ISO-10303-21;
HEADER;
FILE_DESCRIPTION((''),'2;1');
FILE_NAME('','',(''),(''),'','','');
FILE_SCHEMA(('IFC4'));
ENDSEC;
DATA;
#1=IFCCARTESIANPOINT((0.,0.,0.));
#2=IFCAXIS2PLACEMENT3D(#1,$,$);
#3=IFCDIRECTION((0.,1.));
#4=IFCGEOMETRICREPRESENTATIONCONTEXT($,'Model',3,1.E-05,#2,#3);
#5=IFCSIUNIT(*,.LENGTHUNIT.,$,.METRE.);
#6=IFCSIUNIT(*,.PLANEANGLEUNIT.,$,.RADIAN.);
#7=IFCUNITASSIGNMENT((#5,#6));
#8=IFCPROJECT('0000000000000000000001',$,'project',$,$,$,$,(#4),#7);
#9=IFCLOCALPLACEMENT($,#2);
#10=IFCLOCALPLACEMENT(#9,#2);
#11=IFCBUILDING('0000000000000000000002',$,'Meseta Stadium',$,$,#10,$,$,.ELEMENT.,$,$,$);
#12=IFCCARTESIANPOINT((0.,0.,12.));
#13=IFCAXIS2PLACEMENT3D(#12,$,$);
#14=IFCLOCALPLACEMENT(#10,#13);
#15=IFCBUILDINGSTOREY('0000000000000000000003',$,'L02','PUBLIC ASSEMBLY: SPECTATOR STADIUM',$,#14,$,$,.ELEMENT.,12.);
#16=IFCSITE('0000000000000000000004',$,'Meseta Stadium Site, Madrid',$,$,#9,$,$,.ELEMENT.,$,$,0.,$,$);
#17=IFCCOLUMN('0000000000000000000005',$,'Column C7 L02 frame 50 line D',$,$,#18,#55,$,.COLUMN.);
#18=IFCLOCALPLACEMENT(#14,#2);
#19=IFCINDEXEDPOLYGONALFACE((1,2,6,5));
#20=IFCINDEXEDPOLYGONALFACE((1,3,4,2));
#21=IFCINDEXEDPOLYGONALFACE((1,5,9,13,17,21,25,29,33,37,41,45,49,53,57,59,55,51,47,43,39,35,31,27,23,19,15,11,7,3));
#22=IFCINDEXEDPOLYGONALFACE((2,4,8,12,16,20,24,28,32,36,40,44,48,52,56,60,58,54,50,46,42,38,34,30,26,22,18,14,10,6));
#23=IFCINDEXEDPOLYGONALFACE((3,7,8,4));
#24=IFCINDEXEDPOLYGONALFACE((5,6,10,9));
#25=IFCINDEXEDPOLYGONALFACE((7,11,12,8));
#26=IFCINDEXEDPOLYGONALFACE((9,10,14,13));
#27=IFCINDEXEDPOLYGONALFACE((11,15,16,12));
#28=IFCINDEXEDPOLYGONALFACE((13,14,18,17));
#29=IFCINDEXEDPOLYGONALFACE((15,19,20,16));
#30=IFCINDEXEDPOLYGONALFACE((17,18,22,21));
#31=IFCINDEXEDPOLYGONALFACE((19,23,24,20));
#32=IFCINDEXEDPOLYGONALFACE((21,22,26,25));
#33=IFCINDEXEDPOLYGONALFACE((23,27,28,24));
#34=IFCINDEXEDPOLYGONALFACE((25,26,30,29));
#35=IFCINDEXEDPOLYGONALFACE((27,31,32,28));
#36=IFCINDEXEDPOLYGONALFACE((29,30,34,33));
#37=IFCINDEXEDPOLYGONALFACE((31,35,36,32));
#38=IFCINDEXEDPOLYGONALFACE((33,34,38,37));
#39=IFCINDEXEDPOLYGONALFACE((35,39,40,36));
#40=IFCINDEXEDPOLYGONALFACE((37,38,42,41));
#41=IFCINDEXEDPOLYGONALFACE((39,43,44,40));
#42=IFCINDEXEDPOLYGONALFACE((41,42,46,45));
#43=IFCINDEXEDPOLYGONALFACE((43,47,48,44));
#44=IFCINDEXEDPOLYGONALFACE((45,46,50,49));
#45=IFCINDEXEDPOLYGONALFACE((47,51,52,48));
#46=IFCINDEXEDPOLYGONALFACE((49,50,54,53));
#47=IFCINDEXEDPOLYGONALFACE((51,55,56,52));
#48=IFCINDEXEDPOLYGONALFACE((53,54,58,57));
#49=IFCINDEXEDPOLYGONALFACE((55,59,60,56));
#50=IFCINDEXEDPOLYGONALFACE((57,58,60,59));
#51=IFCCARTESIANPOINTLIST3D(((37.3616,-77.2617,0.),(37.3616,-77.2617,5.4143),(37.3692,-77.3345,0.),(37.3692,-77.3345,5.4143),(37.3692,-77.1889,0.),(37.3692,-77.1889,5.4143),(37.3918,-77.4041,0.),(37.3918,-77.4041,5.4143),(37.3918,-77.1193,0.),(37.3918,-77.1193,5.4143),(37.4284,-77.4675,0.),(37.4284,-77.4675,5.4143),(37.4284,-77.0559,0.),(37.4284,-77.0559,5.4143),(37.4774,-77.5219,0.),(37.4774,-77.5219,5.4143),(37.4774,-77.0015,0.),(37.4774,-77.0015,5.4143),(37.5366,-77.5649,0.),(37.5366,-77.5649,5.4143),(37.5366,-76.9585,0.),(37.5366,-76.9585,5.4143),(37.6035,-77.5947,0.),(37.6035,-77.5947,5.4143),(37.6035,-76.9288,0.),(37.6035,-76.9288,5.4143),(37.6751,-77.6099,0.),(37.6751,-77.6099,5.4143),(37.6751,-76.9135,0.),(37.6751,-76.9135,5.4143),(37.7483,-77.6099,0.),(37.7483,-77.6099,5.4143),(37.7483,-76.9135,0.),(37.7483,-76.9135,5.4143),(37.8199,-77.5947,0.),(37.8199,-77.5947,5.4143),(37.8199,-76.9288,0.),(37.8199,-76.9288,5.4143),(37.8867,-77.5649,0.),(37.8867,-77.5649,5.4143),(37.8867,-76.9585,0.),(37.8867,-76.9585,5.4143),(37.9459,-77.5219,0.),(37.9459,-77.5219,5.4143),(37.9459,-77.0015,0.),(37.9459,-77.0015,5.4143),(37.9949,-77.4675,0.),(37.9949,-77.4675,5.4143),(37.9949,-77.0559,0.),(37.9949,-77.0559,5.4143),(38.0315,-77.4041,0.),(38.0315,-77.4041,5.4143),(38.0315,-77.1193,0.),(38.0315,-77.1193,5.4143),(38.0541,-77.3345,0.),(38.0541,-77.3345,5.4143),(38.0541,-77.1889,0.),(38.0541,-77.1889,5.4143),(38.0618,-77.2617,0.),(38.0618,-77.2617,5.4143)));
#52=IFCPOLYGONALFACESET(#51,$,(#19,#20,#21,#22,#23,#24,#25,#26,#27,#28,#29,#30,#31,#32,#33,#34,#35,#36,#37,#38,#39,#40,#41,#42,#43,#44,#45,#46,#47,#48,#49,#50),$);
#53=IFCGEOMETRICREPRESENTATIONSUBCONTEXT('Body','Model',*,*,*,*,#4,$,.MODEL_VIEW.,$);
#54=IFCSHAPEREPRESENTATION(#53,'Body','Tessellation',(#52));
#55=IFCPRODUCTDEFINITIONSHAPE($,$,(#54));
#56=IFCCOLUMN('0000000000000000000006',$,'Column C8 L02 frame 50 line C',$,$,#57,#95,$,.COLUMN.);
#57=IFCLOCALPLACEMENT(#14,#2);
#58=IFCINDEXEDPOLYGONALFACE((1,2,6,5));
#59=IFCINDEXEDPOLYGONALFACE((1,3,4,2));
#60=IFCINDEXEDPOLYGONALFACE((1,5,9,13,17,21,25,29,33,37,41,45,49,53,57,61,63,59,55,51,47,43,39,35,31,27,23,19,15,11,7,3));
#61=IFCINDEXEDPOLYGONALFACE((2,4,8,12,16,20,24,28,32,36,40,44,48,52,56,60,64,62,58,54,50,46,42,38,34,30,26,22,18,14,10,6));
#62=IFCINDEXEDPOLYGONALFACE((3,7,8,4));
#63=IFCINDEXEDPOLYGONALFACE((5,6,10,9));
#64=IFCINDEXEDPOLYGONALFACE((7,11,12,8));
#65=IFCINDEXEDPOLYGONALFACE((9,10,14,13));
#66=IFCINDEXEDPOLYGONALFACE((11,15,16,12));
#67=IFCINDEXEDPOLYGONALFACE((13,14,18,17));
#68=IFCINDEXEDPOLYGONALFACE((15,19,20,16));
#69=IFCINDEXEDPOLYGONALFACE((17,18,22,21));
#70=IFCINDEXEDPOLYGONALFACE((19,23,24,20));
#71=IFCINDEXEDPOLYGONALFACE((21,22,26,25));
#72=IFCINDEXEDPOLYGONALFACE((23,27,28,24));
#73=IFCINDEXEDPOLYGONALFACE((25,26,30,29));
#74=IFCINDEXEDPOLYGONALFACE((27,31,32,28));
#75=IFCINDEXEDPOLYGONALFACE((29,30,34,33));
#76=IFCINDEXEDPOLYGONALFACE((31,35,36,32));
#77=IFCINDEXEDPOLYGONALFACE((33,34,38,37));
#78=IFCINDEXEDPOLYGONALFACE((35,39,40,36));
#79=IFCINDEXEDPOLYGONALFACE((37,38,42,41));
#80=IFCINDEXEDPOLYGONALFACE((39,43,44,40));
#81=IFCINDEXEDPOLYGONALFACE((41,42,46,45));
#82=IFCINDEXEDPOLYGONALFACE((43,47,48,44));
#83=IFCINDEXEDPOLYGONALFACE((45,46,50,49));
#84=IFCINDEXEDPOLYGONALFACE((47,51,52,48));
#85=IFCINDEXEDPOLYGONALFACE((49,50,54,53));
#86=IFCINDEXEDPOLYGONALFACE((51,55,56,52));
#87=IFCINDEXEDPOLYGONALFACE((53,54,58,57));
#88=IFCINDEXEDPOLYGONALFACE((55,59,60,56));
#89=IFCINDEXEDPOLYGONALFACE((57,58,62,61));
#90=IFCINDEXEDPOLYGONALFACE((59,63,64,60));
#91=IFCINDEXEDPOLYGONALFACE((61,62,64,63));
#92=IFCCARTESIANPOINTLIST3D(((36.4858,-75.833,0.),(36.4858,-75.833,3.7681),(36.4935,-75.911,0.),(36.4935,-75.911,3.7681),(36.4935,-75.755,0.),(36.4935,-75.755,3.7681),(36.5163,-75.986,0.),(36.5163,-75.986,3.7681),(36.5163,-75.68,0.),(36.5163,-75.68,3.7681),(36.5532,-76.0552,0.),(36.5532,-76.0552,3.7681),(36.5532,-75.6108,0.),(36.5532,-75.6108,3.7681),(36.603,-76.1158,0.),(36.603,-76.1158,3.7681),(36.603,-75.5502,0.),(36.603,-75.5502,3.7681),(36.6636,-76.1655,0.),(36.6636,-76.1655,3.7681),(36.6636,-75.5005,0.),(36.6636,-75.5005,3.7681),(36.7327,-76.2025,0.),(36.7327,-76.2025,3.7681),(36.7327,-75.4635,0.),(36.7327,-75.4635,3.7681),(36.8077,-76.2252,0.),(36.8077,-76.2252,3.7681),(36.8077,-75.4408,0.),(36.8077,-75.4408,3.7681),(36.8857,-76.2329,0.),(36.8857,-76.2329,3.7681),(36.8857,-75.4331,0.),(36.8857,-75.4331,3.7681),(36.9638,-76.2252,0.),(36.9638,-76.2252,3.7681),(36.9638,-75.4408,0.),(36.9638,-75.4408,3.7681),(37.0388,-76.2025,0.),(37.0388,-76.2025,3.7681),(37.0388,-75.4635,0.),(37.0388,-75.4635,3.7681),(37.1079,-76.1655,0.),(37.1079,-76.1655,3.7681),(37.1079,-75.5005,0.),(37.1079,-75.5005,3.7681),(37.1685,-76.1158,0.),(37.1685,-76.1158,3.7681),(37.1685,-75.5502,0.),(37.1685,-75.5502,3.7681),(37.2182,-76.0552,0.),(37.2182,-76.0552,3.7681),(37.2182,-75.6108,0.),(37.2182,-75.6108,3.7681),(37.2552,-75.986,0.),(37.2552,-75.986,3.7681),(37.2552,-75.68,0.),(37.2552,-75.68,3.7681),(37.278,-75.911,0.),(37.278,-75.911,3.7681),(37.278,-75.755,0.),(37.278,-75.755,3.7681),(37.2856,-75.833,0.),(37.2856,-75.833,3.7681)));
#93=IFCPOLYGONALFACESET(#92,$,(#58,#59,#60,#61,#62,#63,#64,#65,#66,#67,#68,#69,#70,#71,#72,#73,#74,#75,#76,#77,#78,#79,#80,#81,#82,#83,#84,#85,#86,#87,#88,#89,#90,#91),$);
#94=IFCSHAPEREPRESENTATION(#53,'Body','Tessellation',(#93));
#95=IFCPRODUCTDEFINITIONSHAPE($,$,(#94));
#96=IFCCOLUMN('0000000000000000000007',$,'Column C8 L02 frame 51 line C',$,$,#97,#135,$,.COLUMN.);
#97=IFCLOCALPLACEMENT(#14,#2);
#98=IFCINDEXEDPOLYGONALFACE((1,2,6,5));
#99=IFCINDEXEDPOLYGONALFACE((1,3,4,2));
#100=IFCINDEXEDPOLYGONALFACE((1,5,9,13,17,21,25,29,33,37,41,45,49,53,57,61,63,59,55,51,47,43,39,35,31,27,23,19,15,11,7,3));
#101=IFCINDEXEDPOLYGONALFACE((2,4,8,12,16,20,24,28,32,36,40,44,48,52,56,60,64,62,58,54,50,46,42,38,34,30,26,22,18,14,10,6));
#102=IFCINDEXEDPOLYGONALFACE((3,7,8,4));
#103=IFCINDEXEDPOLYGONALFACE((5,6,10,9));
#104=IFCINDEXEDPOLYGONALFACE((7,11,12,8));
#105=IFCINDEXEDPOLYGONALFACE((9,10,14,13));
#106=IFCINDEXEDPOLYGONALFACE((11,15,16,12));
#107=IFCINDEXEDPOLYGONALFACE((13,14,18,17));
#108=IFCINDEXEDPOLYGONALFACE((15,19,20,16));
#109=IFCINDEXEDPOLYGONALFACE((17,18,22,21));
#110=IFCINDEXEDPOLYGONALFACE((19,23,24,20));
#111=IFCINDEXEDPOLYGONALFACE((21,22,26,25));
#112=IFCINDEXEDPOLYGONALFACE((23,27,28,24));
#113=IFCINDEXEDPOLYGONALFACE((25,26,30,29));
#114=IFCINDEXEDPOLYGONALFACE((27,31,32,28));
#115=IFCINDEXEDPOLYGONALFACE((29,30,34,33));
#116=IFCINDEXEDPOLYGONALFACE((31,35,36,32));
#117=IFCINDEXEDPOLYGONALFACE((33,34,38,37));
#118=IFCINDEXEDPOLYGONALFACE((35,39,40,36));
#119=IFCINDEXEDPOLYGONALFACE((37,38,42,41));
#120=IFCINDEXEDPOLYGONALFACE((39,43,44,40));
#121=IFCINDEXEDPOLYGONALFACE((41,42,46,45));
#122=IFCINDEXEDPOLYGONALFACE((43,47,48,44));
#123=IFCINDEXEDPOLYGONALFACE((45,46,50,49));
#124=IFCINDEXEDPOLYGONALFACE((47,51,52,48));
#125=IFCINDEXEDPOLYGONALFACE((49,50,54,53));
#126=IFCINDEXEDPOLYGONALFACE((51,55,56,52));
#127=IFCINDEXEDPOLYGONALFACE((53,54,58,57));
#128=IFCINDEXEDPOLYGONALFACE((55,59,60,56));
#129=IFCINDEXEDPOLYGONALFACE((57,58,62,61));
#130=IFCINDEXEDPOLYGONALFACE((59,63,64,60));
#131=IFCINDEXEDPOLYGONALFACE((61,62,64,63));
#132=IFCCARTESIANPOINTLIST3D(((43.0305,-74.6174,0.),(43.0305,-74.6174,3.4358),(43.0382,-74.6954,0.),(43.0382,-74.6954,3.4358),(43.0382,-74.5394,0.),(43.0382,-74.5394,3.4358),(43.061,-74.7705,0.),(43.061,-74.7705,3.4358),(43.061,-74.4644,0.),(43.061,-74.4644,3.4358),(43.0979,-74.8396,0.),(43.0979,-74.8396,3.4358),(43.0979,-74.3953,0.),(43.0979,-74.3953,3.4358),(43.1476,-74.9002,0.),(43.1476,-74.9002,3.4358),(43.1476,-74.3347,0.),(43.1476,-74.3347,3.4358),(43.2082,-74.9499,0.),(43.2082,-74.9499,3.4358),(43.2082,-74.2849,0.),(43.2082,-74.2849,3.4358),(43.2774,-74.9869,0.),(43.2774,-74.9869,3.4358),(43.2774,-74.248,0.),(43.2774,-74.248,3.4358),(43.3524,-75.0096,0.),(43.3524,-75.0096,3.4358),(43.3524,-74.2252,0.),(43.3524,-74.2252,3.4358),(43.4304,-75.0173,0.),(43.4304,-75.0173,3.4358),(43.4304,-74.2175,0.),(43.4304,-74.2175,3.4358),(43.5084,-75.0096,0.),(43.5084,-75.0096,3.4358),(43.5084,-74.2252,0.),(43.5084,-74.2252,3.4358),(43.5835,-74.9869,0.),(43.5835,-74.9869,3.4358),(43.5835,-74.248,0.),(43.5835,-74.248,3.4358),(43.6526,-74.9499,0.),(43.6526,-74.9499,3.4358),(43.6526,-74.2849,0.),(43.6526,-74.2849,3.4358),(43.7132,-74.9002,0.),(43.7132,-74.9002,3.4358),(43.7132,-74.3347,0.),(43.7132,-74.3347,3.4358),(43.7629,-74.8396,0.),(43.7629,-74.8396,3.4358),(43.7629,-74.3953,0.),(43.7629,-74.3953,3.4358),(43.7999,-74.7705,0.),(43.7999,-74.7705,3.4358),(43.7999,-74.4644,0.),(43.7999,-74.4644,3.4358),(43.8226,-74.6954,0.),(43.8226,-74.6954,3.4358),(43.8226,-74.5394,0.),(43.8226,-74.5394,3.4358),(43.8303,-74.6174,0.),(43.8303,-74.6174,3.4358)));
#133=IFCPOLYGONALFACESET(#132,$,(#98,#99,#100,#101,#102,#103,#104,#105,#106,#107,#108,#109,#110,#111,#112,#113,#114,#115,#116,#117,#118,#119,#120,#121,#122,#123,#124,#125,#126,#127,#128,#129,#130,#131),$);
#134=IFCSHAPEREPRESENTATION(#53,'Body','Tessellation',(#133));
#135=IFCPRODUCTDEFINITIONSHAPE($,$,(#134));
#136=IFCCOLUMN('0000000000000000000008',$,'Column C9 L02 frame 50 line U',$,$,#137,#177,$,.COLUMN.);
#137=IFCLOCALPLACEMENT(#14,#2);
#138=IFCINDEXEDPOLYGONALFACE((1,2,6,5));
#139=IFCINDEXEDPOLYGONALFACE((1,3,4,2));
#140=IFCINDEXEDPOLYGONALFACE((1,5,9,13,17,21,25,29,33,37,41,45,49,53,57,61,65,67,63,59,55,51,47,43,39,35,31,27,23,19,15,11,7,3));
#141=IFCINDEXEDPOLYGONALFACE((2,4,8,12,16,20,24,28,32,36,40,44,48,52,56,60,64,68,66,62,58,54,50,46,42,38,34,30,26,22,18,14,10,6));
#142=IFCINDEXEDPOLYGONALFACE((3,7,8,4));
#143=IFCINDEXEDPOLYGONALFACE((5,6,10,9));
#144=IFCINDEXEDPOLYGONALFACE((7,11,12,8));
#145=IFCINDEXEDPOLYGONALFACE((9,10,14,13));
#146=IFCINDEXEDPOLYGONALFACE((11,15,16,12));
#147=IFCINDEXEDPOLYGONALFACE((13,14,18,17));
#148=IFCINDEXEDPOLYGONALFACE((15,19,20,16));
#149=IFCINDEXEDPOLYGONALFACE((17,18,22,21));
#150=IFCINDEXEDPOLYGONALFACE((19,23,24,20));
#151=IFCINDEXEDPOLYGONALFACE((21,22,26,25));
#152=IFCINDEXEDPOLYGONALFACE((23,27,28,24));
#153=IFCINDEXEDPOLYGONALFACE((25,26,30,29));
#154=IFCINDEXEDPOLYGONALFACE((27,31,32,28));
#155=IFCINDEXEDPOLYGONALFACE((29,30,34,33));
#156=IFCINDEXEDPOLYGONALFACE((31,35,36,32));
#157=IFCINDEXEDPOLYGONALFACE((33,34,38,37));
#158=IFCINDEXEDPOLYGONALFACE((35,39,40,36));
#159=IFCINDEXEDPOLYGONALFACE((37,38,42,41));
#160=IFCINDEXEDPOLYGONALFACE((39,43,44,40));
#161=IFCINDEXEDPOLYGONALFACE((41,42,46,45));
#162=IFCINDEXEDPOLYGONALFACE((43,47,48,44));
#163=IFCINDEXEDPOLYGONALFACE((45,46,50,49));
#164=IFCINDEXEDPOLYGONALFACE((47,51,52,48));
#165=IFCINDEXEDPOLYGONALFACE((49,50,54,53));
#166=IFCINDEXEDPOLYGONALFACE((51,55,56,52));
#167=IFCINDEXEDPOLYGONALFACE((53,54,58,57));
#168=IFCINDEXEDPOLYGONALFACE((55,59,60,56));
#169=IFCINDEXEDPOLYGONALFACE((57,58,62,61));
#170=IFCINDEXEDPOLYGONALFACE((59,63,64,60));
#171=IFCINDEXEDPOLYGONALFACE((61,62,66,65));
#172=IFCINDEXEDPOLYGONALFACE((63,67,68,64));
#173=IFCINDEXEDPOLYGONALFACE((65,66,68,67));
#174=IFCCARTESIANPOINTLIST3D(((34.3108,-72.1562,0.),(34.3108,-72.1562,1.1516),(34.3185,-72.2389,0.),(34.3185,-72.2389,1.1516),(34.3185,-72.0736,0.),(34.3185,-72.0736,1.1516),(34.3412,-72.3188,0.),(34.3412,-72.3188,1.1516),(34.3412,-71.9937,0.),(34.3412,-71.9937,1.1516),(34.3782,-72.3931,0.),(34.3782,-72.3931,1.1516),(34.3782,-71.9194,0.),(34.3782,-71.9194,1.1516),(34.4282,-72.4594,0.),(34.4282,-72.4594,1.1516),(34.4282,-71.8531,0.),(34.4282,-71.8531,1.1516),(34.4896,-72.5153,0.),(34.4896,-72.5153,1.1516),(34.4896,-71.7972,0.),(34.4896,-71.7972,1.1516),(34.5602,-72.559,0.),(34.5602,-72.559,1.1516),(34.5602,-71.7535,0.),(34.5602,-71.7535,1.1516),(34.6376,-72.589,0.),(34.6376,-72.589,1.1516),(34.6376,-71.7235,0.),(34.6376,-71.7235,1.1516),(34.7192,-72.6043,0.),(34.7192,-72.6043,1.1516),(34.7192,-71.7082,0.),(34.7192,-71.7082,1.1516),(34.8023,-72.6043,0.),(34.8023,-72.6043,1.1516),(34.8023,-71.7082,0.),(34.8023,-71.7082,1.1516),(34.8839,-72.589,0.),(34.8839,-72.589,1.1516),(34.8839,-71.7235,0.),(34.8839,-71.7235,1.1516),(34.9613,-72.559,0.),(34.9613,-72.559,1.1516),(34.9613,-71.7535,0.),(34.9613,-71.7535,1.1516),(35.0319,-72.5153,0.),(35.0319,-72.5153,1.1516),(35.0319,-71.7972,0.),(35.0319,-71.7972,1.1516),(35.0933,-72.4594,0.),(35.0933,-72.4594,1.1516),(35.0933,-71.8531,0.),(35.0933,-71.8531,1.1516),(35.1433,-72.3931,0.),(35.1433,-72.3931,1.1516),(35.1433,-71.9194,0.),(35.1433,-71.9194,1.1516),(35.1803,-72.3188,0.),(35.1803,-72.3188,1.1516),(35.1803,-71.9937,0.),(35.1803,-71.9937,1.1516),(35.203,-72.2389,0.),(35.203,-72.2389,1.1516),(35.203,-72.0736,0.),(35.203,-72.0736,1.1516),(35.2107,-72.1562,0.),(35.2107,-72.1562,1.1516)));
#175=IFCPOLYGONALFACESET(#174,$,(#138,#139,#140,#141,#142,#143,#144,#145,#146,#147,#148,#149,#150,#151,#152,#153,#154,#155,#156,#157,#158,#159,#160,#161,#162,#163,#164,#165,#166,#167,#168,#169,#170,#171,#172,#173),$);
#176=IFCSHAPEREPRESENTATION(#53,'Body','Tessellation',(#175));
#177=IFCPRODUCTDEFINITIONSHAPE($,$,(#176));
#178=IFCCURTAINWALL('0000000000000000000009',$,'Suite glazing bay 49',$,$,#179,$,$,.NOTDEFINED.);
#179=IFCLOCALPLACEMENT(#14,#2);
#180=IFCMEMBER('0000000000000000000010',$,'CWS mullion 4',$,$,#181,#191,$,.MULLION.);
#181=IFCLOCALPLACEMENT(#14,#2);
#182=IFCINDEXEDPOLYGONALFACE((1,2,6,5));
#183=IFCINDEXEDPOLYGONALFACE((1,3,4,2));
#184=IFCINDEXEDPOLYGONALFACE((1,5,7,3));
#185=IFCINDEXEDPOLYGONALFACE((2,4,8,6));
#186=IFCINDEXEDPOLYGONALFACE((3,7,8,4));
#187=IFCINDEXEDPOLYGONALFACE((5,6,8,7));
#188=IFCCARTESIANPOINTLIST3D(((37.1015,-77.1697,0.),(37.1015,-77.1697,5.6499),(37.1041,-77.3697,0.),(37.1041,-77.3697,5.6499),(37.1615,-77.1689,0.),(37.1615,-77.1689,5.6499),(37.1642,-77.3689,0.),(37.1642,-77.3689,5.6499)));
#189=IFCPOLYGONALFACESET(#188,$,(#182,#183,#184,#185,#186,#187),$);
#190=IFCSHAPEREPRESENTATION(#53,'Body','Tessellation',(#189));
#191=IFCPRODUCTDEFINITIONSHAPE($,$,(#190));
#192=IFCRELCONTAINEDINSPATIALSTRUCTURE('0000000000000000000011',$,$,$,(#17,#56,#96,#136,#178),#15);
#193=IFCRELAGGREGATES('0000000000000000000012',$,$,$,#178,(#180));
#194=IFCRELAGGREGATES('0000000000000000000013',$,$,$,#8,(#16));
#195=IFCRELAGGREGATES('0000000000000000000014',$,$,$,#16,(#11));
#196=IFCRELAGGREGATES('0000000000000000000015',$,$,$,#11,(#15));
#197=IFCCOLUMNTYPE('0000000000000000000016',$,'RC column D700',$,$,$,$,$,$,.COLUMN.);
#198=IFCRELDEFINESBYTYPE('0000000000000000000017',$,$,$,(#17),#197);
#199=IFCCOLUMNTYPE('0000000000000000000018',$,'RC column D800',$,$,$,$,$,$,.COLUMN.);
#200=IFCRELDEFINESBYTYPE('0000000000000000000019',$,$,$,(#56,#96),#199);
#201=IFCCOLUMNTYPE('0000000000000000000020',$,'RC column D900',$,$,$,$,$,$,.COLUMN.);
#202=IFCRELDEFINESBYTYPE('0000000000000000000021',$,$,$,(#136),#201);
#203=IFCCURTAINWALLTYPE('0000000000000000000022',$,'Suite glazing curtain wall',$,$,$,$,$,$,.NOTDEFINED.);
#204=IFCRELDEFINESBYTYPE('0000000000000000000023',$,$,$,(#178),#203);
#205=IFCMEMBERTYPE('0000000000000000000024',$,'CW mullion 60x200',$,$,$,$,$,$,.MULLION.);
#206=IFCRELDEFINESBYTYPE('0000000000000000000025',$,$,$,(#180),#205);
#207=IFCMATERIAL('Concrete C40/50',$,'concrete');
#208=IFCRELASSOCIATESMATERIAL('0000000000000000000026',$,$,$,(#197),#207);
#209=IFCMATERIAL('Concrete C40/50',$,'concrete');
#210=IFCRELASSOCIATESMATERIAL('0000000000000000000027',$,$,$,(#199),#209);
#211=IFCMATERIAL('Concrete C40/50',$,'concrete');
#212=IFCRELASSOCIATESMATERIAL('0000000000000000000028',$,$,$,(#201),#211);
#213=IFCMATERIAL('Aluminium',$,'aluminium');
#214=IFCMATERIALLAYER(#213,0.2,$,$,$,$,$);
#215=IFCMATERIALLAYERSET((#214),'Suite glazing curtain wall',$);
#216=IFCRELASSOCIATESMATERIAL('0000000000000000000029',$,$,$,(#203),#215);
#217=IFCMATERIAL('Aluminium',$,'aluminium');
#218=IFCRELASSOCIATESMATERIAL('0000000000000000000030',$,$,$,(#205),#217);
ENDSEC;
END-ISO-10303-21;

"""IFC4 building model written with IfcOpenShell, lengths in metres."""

from ifc_helpers import new_model, si_unit, direction, frame, origin, origin_2d, place, context, subcontext, project, spatial, rectangle, circle, extrude, material, layer, layer_set, material_profile, profile_set, type_object, element, aggregate, save


model = new_model("IFC4")

# Units and contexts
model_context = context("Model", 3, precision=1e-05, world=origin(), true_north=direction((0.0, 1.0)))
body_context = subcontext(model_context, "Body", "Model", "MODEL_VIEW")
ifc_project = project(units=[si_unit("LENGTHUNIT", "METRE"), si_unit("PLANEANGLEUNIT", "RADIAN")], contexts=[model_context])

# Site, building, storey
site_placement = place(None, origin())
site = spatial("IfcSite", under=ifc_project, at=site_placement, Name="Meseta Stadium Site, Madrid", CompositionType="ELEMENT", RefElevation=0.0)
building_placement = place(site_placement, origin())
building = spatial("IfcBuilding", under=site, at=building_placement, Name="Meseta Stadium", CompositionType="ELEMENT")
storey_placement = place(building_placement, frame((0.0, 0.0, 12.0)))
storey = spatial("IfcBuildingStorey", under=building, at=storey_placement, Name="L02", Description="PUBLIC ASSEMBLY: SPECTATOR STADIUM", CompositionType="ELEMENT", Elevation=12.0)

# Columns
ifc_material_1 = material(Name="Concrete C40/50", Category="concrete")
ifc_material_profile_1 = material_profile(ifc_material_1, circle(Radius=0.3501, at=origin_2d()), Name="RC D700")
ifc_profile_set_1 = profile_set([ifc_material_profile_1], Name="Concrete C40/50")
column_type_1 = type_object("IfcColumnType", Name="RC column D700", PredefinedType="COLUMN", material=ifc_profile_set_1)
column_1_placement = place(storey_placement, frame((37.7117, -77.2617, 0.0), z_axis=(0.0, 0.0, 1.0), x_axis=(1.0, 0.0, 0.0)))
element("IfcColumn", 1, at=column_1_placement, inside=storey, type_object=column_type_1, Name="Column C7 L02 frame 50 line D", PredefinedType="COLUMN", context=body_context, shape_type="SweptSolid", body=[
    extrude(circle(Radius=0.3501, at=origin_2d()), origin(), (0.0, 0.0, 1.0), 5.4143),
])
ifc_material_2 = material(Name="Concrete C40/50", Category="concrete")
ifc_material_profile_2 = material_profile(ifc_material_2, circle(Radius=0.3999, at=origin_2d()), Name="RC D800")
ifc_profile_set_2 = profile_set([ifc_material_profile_2], Name="Concrete C40/50")
column_type_2 = type_object("IfcColumnType", Name="RC column D800", PredefinedType="COLUMN", material=ifc_profile_set_2)
column_2_placement = place(storey_placement, frame((36.8857, -75.833, 0.0), z_axis=(0.0, 0.0, 1.0), x_axis=(1.0, 0.0, 0.0)))
element("IfcColumn", 2, at=column_2_placement, inside=storey, type_object=column_type_2, Name="Column C8 L02 frame 50 line C", PredefinedType="COLUMN", context=body_context, shape_type="SweptSolid", body=[
    extrude(circle(Radius=0.3999, at=origin_2d()), origin(), (0.0, 0.0, 1.0), 3.7681),
])
column_3_placement = place(storey_placement, frame((43.4304, -74.6174, 0.0), z_axis=(0.0, 0.0, 1.0), x_axis=(1.0, 0.0, 0.0)))
element("IfcColumn", 3, at=column_3_placement, inside=storey, type_object=column_type_2, Name="Column C8 L02 frame 51 line C", PredefinedType="COLUMN", context=body_context, shape_type="SweptSolid", body=[
    extrude(circle(Radius=0.3999, at=origin_2d()), origin(), (0.0, 0.0, 1.0), 3.4358),
])
ifc_material_3 = material(Name="Concrete C40/50", Category="concrete")
ifc_material_profile_3 = material_profile(ifc_material_3, circle(Radius=0.45, at=origin_2d()), Name="RC D900")
ifc_profile_set_3 = profile_set([ifc_material_profile_3], Name="Concrete C40/50")
column_type_3 = type_object("IfcColumnType", Name="RC column D900", PredefinedType="COLUMN", material=ifc_profile_set_3)
column_4_placement = place(storey_placement, frame((34.7607, -72.1562, 0.0), z_axis=(0.0, 0.0, 1.0), x_axis=(1.0, 0.0, 0.0)))
element("IfcColumn", 4, at=column_4_placement, inside=storey, type_object=column_type_3, Name="Column C9 L02 frame 50 line U", PredefinedType="COLUMN", context=body_context, shape_type="SweptSolid", body=[
    extrude(circle(Radius=0.45, at=origin_2d()), origin(), (0.0, 0.0, 1.0), 1.1516),
])

# Curtain wall, member
ifc_material_4 = material(Name="Aluminium", Category="aluminium")
ifc_layer_1 = layer(ifc_material_4, 0.2)
ifc_layer_set_1 = layer_set([ifc_layer_1], Name="Suite glazing curtain wall")
curtain_wall_type = type_object("IfcCurtainWallType", Name="Suite glazing curtain wall", PredefinedType="NOTDEFINED", material=ifc_layer_set_1)
curtain_wall_1_placement = place(storey_placement, origin())
curtain_wall_1 = element("IfcCurtainWall", 5, at=curtain_wall_1_placement, inside=storey, type_object=curtain_wall_type, Name="Suite glazing bay 49", PredefinedType="NOTDEFINED")
ifc_material_5 = material(Name="Aluminium", Category="aluminium")
ifc_material_profile_4 = material_profile(ifc_material_5, rectangle(XDim=0.2, YDim=0.0601, at=origin_2d()), Name="CW 200x60")
ifc_profile_set_4 = profile_set([ifc_material_profile_4], Name="Aluminium")
member_type_1 = type_object("IfcMemberType", Name="CW mullion 60x200", PredefinedType="MULLION", material=ifc_profile_set_4)
member_1_placement = place(storey_placement, frame((37.1328, -77.2693, 0.0), z_axis=(0.0, 0.0, 1.0), x_axis=(-0.013281, 0.999912, 0.0)))
member_1 = element("IfcMember", 6, at=member_1_placement, type_object=member_type_1, Name="CWS mullion 4", PredefinedType="MULLION", context=body_context, shape_type="SweptSolid", body=[
    extrude(rectangle(XDim=0.2, YDim=0.0601, at=origin_2d()), origin(), (0.0, 0.0, 1.0), 5.6499),
])
aggregate(curtain_wall_1, [member_1])

save(model, "model.ifc")
